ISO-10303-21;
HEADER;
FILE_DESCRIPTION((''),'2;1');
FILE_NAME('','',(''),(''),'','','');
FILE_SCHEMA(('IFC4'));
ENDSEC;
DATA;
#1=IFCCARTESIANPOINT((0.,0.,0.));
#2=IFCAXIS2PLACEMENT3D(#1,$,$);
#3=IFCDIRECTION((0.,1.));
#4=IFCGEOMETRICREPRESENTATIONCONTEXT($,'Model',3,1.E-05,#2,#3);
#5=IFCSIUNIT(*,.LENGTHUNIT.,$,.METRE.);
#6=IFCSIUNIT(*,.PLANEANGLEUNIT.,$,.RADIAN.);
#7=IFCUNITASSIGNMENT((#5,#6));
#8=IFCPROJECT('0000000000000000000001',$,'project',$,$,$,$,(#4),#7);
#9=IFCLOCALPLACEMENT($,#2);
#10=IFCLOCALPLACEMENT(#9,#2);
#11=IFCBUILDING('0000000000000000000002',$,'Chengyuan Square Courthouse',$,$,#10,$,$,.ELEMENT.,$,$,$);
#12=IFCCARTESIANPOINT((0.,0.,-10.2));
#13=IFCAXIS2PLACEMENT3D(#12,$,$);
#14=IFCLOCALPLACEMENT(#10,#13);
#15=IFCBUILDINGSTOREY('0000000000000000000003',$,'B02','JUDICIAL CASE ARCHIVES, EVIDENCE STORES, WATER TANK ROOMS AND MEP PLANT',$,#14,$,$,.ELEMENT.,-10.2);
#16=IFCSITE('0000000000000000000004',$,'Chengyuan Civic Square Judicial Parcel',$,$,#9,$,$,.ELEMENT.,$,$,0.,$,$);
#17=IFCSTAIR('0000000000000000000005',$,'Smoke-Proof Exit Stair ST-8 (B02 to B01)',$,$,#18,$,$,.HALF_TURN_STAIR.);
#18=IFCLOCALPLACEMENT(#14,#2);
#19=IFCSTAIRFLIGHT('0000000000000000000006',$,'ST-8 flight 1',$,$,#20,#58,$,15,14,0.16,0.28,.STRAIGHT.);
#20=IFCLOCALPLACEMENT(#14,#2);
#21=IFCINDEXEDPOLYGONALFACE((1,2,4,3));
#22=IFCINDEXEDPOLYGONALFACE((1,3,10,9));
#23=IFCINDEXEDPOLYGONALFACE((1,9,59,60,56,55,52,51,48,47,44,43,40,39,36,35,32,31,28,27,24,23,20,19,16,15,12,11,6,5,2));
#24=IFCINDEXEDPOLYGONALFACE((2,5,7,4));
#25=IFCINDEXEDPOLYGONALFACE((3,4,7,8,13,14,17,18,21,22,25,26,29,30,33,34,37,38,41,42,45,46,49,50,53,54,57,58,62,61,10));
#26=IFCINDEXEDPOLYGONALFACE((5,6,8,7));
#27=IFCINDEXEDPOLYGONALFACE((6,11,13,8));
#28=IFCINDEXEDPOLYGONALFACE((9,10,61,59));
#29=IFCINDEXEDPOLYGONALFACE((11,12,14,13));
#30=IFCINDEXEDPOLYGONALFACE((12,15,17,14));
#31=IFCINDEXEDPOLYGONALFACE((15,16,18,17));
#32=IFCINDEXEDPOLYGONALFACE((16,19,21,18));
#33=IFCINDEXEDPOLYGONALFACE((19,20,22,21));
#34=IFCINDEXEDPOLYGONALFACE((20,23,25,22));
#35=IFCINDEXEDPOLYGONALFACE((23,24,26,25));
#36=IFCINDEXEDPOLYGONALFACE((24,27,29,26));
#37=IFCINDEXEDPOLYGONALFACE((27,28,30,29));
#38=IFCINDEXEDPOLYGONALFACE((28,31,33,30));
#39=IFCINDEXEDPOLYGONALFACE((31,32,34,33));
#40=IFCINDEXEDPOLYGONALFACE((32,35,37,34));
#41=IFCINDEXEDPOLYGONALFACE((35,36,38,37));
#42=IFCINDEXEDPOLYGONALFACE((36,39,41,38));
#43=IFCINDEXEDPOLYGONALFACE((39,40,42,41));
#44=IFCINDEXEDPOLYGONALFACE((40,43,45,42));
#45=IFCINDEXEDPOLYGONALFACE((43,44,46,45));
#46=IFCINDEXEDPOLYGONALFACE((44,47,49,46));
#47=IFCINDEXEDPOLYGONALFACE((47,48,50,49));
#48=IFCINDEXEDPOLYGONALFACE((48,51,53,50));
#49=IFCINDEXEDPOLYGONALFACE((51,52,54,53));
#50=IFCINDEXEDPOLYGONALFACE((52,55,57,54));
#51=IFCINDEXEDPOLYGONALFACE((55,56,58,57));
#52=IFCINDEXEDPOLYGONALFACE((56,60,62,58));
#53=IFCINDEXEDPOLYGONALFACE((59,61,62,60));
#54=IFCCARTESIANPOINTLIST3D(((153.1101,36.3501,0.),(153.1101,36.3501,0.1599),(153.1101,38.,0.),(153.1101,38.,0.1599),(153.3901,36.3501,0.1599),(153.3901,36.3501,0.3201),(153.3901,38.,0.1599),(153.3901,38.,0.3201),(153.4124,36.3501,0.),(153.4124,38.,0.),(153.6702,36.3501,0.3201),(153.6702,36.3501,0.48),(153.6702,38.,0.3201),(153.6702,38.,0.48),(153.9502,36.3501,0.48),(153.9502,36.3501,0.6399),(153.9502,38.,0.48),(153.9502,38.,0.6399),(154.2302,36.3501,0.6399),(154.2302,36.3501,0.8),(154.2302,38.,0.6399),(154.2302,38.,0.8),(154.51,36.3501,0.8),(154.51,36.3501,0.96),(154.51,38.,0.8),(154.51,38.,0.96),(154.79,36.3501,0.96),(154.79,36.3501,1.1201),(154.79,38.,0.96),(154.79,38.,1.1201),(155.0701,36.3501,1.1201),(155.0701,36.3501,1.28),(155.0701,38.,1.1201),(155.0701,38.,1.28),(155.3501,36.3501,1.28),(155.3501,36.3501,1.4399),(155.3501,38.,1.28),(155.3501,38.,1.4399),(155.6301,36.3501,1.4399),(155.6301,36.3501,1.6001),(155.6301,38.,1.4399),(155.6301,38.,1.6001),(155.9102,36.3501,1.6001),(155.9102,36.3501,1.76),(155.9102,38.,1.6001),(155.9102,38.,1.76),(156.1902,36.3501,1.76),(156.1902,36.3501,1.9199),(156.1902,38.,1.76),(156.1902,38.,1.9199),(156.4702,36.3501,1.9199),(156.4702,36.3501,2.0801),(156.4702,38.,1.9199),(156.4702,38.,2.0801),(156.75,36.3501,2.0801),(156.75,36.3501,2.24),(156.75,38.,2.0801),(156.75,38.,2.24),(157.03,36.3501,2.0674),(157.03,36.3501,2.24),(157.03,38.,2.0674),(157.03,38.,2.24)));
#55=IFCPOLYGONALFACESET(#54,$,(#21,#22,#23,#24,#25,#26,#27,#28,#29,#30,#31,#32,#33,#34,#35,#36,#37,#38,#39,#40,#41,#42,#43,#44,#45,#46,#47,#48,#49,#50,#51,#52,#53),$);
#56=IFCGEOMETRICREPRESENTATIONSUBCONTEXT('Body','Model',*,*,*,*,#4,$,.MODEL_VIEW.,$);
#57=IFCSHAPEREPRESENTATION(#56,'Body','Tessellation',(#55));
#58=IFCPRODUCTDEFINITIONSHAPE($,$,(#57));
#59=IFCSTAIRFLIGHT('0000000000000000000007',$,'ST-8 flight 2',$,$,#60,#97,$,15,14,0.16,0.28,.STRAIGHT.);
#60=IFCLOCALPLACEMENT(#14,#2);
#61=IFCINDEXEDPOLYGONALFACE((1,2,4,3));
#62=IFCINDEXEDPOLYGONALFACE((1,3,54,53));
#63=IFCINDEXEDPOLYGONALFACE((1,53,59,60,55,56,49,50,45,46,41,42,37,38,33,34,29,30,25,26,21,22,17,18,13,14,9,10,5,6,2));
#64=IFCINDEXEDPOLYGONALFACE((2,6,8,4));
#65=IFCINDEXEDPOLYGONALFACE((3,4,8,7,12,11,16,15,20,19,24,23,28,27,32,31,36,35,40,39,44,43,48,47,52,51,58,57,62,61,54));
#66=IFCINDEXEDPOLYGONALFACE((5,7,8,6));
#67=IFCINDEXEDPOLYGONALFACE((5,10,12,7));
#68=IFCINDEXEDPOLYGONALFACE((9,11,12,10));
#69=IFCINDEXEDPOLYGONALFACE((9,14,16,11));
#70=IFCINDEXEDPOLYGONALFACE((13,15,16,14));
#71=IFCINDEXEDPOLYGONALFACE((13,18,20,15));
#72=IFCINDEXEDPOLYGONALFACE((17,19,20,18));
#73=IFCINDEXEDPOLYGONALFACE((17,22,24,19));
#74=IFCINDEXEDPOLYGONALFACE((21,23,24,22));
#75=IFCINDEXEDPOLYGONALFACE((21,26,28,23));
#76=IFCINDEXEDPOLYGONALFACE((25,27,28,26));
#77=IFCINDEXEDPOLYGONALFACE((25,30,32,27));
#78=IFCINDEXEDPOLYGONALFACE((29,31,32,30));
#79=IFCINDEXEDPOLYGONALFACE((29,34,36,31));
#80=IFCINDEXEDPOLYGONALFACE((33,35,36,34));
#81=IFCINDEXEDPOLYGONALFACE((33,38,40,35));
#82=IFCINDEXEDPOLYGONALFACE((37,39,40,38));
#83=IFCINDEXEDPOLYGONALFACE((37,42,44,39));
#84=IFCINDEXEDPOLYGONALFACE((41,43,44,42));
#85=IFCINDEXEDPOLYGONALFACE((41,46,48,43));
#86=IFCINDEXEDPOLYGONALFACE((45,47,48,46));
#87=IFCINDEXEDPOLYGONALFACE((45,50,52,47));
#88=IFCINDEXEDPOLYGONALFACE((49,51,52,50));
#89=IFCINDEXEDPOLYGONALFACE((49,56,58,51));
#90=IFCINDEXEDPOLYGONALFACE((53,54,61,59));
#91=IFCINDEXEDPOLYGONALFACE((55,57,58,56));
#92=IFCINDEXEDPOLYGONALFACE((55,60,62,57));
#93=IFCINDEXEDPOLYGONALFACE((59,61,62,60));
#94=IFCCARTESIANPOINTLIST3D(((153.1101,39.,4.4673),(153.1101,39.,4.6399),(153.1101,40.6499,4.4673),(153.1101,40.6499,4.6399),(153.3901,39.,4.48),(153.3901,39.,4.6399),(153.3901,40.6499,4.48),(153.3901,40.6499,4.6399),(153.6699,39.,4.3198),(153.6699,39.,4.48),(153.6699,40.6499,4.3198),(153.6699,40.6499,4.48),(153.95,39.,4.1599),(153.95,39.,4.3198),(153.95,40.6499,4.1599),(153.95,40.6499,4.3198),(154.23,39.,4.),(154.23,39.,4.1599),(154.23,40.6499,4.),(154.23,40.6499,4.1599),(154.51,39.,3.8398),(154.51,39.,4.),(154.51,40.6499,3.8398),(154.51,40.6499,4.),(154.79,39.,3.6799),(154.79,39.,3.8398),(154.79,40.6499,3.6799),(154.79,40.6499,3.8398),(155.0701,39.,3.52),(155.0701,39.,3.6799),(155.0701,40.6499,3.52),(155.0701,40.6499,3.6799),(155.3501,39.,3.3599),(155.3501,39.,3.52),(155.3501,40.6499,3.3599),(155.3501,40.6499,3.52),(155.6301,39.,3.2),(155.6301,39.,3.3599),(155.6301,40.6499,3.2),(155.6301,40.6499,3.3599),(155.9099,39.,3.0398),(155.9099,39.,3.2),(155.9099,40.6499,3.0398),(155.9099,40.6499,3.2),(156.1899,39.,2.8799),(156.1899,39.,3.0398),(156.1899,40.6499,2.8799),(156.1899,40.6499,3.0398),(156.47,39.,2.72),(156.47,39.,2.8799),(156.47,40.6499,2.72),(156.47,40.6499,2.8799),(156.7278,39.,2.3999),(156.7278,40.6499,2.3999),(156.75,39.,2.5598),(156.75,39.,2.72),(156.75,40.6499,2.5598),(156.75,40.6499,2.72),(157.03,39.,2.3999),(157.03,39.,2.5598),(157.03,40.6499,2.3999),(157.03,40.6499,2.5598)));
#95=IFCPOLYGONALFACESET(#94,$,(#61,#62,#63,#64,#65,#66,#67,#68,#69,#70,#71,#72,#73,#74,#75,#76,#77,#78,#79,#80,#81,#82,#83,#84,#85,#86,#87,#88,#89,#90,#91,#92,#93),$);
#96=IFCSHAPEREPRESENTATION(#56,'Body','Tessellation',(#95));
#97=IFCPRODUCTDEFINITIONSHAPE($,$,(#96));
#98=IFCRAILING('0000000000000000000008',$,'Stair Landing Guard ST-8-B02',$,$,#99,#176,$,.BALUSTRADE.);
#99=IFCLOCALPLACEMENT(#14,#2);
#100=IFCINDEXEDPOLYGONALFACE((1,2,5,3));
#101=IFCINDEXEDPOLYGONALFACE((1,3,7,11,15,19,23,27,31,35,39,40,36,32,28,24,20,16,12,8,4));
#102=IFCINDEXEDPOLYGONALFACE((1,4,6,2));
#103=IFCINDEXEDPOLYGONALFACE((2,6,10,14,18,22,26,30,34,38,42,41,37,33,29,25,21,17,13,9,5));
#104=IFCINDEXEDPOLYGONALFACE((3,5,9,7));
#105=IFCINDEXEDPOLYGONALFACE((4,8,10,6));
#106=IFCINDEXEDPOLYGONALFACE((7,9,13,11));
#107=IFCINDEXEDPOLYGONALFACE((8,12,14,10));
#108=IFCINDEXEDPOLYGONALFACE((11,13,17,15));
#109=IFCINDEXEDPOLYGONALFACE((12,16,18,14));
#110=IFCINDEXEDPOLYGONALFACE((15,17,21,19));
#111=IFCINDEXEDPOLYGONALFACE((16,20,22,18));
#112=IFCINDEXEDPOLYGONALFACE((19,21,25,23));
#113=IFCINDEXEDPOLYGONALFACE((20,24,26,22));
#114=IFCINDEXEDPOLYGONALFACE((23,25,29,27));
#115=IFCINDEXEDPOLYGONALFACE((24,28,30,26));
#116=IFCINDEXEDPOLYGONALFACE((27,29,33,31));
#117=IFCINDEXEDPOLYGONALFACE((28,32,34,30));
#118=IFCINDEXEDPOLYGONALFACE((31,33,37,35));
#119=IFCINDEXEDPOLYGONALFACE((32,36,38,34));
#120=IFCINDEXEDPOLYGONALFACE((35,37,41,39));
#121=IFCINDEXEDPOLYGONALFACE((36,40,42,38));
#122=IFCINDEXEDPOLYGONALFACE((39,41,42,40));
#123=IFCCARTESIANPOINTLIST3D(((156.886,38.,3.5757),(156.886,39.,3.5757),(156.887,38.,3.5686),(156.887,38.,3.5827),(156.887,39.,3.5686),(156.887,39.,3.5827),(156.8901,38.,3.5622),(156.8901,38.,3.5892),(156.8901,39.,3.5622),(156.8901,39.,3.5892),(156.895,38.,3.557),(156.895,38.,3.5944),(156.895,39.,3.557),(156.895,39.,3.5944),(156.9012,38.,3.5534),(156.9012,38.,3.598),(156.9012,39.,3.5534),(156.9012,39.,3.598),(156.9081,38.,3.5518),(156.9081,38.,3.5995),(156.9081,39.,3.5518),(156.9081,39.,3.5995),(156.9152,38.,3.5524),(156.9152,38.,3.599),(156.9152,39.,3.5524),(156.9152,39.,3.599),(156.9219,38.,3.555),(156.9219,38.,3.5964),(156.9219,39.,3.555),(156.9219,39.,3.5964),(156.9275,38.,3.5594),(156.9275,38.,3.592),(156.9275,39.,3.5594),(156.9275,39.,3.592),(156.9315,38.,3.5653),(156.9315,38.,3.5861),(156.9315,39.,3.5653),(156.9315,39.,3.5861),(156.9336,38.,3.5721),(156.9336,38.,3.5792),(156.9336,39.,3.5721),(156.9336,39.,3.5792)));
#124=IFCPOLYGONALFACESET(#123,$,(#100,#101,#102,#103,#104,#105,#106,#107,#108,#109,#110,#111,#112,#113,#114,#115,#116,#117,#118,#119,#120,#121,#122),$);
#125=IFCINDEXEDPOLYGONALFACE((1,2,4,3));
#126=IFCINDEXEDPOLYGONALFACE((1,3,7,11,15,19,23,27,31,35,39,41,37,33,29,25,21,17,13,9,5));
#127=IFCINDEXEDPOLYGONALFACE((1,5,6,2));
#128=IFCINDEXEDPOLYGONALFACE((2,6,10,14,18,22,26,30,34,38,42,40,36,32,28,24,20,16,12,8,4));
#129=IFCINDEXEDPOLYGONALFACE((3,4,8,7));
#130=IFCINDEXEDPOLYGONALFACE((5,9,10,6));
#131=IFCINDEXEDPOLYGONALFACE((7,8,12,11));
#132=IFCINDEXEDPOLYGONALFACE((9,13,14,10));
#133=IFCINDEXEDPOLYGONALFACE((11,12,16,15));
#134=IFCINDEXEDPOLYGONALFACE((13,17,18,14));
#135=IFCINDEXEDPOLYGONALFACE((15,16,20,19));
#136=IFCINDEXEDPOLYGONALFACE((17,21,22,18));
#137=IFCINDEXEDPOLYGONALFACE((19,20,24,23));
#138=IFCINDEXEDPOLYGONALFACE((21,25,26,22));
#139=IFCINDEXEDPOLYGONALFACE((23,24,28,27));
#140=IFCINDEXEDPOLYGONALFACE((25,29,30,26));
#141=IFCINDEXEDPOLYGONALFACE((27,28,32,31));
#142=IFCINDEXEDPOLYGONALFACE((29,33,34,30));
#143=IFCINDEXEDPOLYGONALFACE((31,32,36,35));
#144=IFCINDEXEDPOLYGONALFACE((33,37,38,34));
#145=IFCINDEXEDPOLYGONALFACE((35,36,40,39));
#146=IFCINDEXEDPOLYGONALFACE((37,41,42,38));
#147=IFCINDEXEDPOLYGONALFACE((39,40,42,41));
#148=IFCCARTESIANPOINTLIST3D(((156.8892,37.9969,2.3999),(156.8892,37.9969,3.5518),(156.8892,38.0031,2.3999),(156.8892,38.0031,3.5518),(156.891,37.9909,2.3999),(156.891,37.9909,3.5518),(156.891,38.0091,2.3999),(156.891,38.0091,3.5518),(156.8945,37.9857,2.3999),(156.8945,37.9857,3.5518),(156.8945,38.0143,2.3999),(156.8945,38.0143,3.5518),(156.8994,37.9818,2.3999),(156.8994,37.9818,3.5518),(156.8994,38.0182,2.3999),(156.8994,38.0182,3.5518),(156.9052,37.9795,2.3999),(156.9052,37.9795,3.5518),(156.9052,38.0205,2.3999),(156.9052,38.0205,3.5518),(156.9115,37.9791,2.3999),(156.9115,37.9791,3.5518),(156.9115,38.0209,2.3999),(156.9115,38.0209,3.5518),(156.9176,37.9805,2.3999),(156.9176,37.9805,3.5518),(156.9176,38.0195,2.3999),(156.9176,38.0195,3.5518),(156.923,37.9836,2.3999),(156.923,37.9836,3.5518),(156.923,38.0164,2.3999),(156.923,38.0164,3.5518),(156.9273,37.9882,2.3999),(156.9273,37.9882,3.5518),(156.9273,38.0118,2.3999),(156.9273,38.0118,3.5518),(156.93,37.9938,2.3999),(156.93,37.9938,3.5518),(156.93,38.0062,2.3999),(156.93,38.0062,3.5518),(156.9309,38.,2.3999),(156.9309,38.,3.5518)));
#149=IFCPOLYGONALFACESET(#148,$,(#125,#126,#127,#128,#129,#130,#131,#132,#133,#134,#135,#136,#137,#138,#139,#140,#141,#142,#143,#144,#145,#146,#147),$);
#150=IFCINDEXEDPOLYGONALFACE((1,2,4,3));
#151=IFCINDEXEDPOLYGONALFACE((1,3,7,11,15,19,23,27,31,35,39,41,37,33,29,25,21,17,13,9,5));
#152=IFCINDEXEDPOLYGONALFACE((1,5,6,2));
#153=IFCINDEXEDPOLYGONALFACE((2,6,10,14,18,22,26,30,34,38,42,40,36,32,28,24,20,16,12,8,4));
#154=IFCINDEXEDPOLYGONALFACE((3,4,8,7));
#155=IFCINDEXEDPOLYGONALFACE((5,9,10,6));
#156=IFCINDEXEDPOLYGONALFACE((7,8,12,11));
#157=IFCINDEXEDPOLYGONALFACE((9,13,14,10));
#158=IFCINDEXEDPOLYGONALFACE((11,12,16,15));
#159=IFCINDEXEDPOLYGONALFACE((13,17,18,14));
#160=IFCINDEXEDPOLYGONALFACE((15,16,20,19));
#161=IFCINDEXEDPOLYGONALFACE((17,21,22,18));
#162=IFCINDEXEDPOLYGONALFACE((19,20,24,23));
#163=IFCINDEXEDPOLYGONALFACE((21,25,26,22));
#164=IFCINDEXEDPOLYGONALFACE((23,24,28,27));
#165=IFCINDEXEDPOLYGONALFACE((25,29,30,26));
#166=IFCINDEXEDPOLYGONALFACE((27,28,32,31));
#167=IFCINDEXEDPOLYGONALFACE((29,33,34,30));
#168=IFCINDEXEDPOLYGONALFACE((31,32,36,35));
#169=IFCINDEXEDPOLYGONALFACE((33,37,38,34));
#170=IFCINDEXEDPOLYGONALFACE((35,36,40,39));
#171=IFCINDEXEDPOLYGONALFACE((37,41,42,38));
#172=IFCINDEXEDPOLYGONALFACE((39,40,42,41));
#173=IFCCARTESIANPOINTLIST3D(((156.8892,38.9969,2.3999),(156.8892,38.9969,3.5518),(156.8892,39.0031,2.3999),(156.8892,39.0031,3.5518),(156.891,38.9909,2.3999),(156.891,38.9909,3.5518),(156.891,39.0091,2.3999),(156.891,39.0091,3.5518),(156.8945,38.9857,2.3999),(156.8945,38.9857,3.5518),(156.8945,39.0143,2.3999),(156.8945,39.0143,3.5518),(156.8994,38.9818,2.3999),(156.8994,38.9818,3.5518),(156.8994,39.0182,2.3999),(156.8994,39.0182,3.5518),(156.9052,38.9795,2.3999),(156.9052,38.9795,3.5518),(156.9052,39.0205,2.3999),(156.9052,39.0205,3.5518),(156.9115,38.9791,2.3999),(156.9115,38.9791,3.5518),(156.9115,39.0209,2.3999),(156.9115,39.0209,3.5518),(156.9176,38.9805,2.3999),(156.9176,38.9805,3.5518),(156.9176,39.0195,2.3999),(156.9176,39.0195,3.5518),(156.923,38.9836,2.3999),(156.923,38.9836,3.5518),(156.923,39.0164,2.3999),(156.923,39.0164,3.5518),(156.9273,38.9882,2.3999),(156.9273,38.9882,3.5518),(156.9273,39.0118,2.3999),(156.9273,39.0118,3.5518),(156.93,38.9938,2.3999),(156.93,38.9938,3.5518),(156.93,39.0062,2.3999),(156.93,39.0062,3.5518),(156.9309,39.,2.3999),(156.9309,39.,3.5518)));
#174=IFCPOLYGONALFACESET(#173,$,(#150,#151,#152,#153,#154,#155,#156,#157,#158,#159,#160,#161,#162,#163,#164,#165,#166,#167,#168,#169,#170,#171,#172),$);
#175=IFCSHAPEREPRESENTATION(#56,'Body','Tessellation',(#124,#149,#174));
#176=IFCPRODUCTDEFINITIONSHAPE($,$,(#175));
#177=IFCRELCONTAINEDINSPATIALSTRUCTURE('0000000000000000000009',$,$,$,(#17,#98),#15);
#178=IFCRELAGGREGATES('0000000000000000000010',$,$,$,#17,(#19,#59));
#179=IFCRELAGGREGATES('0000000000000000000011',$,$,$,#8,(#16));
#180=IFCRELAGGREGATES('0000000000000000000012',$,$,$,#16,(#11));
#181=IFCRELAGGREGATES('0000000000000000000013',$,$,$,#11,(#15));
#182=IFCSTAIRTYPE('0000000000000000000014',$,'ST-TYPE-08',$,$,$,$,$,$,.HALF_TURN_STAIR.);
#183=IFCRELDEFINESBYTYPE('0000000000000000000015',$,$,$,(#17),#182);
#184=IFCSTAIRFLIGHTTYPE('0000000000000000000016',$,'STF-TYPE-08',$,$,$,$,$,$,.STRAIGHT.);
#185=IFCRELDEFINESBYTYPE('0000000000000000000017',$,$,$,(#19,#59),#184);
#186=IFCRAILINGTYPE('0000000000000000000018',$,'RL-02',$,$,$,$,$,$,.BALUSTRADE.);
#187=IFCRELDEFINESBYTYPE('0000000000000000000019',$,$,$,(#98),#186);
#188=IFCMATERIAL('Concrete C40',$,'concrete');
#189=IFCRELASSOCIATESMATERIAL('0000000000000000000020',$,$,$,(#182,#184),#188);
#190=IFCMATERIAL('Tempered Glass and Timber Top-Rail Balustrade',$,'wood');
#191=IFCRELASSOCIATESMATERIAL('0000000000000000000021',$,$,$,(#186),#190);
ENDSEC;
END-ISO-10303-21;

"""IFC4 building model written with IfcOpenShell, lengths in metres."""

from ifc_helpers import new_model, si_unit, direction, frame, origin, origin_2d, place, context, subcontext, project, spatial, polyline, circle, outline, extrude, material, type_object, element, aggregate, save


model = new_model("IFC4")

# Units and contexts
model_context = context("Model", 3, precision=1e-05, world=origin(), true_north=direction((0.0, 1.0)))
body_context = subcontext(model_context, "Body", "Model", "MODEL_VIEW")
ifc_project = project(units=[si_unit("LENGTHUNIT", "METRE"), si_unit("PLANEANGLEUNIT", "RADIAN")], contexts=[model_context])

# Site, building, storey
site_placement = place(None, origin())
site = spatial("IfcSite", under=ifc_project, at=site_placement, Name="Chengyuan Civic Square Judicial Parcel", CompositionType="ELEMENT", RefElevation=0.0)
building_placement = place(site_placement, origin())
building = spatial("IfcBuilding", under=site, at=building_placement, Name="Chengyuan Square Courthouse", CompositionType="ELEMENT")
storey_placement = place(building_placement, frame((0.0, 0.0, -10.2)))
storey = spatial("IfcBuildingStorey", under=building, at=storey_placement, Name="B02", Description="JUDICIAL CASE ARCHIVES, EVIDENCE STORES, WATER TANK ROOMS AND MEP PLANT", CompositionType="ELEMENT", Elevation=-10.2)

# Shared definitions
ifc_material_1 = material(Name="Concrete C40", Category="concrete")

# Stair, stair flights
stair_type = type_object("IfcStairType", Name="ST-TYPE-08", PredefinedType="HALF_TURN_STAIR", material=ifc_material_1)
stair_placement = place(storey_placement, origin())
stair = element("IfcStair", 1, at=stair_placement, inside=storey, type_object=stair_type, Name="Smoke-Proof Exit Stair ST-8 (B02 to B01)", PredefinedType="HALF_TURN_STAIR")
stair_flight_type = type_object("IfcStairFlightType", Name="STF-TYPE-08", PredefinedType="STRAIGHT", material=ifc_material_1)
stair_flight_1_placement = place(storey_placement, frame((153.1101, 37.175, 0.0), z_axis=(0.0, 0.0, 1.0), x_axis=(1.0, 0.0, 0.0)))
stair_flight_1 = element("IfcStairFlight", 2, at=stair_flight_1_placement, type_object=stair_flight_type, Name="ST-8 flight 1", NumberOfRisers=15, NumberOfTreads=14, PredefinedType="STRAIGHT", RiserHeight=0.16, TreadLength=0.28, context=body_context, shape_type="SweptSolid", body=[
    extrude(outline(polyline([(0.0, 0.0), (0.0, 0.1599), (0.28, 0.1599), (0.28, 0.3201), (0.5601, 0.3201), (0.5601, 0.48), (0.8401, 0.48), (0.8401, 0.6399), (1.1201, 0.6399), (1.1201, 0.8), (1.3999, 0.8), (1.3999, 0.96), (1.6799, 0.96), (1.6799, 1.1201), (1.96, 1.1201), (1.96, 1.28), (2.24, 1.28), (2.24, 1.4399), (2.52, 1.4399), (2.52, 1.6001), (2.8, 1.6001), (2.8, 1.76), (3.0801, 1.76), (3.0801, 1.9199), (3.3601, 1.9199), (3.3601, 2.0801), (3.6399, 2.0801), (3.6399, 2.24), (3.9199, 2.24), (3.9199, 2.3999), (3.9199, 2.0674), (0.3022, 0.0), (0.0, 0.0)])), frame((0.0, 0.825, 0.0), z_axis=(0.0, -1.0, 0.0), x_axis=(1.0, 0.0, 0.0)), (0.0, 0.0, 1.0), 1.6499),
])
stair_flight_2_placement = place(storey_placement, frame((157.03, 39.825, 2.3999), z_axis=(0.0, 0.0, 1.0), x_axis=(-1.0, 0.0, 0.0)))
stair_flight_2 = element("IfcStairFlight", 3, at=stair_flight_2_placement, type_object=stair_flight_type, Name="ST-8 flight 2", NumberOfRisers=15, NumberOfTreads=14, PredefinedType="STRAIGHT", RiserHeight=0.16, TreadLength=0.28, context=body_context, shape_type="SweptSolid", body=[
    extrude(outline(polyline([(0.0, 0.0), (0.0, 0.1599), (0.28, 0.1599), (0.28, 0.3201), (0.5601, 0.3201), (0.5601, 0.48), (0.8401, 0.48), (0.8401, 0.6399), (1.1201, 0.6399), (1.1201, 0.8), (1.3999, 0.8), (1.3999, 0.96), (1.6799, 0.96), (1.6799, 1.1201), (1.96, 1.1201), (1.96, 1.28), (2.24, 1.28), (2.24, 1.4399), (2.52, 1.4399), (2.52, 1.6001), (2.8, 1.6001), (2.8, 1.76), (3.0801, 1.76), (3.0801, 1.9199), (3.3601, 1.9199), (3.3601, 2.0801), (3.6399, 2.0801), (3.6399, 2.24), (3.9199, 2.24), (3.9199, 2.3999), (3.9199, 2.0674), (0.3022, 0.0), (0.0, 0.0)])), frame((0.0, 0.825, 0.0), z_axis=(0.0, -1.0, 0.0), x_axis=(1.0, 0.0, 0.0)), (0.0, 0.0, 1.0), 1.6499),
])
aggregate(stair, [stair_flight_1, stair_flight_2])

# Railing
ifc_material_2 = material(Name="Tempered Glass and Timber Top-Rail Balustrade", Category="wood")
railing_type_1 = type_object("IfcRailingType", Name="RL-02", PredefinedType="BALUSTRADE", material=ifc_material_2)
railing_1_placement = place(storey_placement, frame((156.9099, 38.0, 2.3999)))
element("IfcRailing", 4, at=railing_1_placement, inside=storey, type_object=railing_type_1, Name="Stair Landing Guard ST-8-B02", PredefinedType="BALUSTRADE", context=body_context, shape_type="SweptSolid", body=[
    extrude(circle(Radius=0.0239, at=origin_2d()), frame((0.0, 0.0, 1.1758), z_axis=(0.0, 1.0, 0.0), x_axis=(-1.0, 0.0, 0.0)), (0.0, 0.0, 1.0), 1.0),
    extrude(circle(Radius=0.021, at=origin_2d()), origin(), (0.0, 0.0, 1.0), 1.1519),
    extrude(circle(Radius=0.021, at=origin_2d()), frame((0.0, 1.0, 0.0)), (0.0, 0.0, 1.0), 1.1519),
])

save(model, "model.ifc")
